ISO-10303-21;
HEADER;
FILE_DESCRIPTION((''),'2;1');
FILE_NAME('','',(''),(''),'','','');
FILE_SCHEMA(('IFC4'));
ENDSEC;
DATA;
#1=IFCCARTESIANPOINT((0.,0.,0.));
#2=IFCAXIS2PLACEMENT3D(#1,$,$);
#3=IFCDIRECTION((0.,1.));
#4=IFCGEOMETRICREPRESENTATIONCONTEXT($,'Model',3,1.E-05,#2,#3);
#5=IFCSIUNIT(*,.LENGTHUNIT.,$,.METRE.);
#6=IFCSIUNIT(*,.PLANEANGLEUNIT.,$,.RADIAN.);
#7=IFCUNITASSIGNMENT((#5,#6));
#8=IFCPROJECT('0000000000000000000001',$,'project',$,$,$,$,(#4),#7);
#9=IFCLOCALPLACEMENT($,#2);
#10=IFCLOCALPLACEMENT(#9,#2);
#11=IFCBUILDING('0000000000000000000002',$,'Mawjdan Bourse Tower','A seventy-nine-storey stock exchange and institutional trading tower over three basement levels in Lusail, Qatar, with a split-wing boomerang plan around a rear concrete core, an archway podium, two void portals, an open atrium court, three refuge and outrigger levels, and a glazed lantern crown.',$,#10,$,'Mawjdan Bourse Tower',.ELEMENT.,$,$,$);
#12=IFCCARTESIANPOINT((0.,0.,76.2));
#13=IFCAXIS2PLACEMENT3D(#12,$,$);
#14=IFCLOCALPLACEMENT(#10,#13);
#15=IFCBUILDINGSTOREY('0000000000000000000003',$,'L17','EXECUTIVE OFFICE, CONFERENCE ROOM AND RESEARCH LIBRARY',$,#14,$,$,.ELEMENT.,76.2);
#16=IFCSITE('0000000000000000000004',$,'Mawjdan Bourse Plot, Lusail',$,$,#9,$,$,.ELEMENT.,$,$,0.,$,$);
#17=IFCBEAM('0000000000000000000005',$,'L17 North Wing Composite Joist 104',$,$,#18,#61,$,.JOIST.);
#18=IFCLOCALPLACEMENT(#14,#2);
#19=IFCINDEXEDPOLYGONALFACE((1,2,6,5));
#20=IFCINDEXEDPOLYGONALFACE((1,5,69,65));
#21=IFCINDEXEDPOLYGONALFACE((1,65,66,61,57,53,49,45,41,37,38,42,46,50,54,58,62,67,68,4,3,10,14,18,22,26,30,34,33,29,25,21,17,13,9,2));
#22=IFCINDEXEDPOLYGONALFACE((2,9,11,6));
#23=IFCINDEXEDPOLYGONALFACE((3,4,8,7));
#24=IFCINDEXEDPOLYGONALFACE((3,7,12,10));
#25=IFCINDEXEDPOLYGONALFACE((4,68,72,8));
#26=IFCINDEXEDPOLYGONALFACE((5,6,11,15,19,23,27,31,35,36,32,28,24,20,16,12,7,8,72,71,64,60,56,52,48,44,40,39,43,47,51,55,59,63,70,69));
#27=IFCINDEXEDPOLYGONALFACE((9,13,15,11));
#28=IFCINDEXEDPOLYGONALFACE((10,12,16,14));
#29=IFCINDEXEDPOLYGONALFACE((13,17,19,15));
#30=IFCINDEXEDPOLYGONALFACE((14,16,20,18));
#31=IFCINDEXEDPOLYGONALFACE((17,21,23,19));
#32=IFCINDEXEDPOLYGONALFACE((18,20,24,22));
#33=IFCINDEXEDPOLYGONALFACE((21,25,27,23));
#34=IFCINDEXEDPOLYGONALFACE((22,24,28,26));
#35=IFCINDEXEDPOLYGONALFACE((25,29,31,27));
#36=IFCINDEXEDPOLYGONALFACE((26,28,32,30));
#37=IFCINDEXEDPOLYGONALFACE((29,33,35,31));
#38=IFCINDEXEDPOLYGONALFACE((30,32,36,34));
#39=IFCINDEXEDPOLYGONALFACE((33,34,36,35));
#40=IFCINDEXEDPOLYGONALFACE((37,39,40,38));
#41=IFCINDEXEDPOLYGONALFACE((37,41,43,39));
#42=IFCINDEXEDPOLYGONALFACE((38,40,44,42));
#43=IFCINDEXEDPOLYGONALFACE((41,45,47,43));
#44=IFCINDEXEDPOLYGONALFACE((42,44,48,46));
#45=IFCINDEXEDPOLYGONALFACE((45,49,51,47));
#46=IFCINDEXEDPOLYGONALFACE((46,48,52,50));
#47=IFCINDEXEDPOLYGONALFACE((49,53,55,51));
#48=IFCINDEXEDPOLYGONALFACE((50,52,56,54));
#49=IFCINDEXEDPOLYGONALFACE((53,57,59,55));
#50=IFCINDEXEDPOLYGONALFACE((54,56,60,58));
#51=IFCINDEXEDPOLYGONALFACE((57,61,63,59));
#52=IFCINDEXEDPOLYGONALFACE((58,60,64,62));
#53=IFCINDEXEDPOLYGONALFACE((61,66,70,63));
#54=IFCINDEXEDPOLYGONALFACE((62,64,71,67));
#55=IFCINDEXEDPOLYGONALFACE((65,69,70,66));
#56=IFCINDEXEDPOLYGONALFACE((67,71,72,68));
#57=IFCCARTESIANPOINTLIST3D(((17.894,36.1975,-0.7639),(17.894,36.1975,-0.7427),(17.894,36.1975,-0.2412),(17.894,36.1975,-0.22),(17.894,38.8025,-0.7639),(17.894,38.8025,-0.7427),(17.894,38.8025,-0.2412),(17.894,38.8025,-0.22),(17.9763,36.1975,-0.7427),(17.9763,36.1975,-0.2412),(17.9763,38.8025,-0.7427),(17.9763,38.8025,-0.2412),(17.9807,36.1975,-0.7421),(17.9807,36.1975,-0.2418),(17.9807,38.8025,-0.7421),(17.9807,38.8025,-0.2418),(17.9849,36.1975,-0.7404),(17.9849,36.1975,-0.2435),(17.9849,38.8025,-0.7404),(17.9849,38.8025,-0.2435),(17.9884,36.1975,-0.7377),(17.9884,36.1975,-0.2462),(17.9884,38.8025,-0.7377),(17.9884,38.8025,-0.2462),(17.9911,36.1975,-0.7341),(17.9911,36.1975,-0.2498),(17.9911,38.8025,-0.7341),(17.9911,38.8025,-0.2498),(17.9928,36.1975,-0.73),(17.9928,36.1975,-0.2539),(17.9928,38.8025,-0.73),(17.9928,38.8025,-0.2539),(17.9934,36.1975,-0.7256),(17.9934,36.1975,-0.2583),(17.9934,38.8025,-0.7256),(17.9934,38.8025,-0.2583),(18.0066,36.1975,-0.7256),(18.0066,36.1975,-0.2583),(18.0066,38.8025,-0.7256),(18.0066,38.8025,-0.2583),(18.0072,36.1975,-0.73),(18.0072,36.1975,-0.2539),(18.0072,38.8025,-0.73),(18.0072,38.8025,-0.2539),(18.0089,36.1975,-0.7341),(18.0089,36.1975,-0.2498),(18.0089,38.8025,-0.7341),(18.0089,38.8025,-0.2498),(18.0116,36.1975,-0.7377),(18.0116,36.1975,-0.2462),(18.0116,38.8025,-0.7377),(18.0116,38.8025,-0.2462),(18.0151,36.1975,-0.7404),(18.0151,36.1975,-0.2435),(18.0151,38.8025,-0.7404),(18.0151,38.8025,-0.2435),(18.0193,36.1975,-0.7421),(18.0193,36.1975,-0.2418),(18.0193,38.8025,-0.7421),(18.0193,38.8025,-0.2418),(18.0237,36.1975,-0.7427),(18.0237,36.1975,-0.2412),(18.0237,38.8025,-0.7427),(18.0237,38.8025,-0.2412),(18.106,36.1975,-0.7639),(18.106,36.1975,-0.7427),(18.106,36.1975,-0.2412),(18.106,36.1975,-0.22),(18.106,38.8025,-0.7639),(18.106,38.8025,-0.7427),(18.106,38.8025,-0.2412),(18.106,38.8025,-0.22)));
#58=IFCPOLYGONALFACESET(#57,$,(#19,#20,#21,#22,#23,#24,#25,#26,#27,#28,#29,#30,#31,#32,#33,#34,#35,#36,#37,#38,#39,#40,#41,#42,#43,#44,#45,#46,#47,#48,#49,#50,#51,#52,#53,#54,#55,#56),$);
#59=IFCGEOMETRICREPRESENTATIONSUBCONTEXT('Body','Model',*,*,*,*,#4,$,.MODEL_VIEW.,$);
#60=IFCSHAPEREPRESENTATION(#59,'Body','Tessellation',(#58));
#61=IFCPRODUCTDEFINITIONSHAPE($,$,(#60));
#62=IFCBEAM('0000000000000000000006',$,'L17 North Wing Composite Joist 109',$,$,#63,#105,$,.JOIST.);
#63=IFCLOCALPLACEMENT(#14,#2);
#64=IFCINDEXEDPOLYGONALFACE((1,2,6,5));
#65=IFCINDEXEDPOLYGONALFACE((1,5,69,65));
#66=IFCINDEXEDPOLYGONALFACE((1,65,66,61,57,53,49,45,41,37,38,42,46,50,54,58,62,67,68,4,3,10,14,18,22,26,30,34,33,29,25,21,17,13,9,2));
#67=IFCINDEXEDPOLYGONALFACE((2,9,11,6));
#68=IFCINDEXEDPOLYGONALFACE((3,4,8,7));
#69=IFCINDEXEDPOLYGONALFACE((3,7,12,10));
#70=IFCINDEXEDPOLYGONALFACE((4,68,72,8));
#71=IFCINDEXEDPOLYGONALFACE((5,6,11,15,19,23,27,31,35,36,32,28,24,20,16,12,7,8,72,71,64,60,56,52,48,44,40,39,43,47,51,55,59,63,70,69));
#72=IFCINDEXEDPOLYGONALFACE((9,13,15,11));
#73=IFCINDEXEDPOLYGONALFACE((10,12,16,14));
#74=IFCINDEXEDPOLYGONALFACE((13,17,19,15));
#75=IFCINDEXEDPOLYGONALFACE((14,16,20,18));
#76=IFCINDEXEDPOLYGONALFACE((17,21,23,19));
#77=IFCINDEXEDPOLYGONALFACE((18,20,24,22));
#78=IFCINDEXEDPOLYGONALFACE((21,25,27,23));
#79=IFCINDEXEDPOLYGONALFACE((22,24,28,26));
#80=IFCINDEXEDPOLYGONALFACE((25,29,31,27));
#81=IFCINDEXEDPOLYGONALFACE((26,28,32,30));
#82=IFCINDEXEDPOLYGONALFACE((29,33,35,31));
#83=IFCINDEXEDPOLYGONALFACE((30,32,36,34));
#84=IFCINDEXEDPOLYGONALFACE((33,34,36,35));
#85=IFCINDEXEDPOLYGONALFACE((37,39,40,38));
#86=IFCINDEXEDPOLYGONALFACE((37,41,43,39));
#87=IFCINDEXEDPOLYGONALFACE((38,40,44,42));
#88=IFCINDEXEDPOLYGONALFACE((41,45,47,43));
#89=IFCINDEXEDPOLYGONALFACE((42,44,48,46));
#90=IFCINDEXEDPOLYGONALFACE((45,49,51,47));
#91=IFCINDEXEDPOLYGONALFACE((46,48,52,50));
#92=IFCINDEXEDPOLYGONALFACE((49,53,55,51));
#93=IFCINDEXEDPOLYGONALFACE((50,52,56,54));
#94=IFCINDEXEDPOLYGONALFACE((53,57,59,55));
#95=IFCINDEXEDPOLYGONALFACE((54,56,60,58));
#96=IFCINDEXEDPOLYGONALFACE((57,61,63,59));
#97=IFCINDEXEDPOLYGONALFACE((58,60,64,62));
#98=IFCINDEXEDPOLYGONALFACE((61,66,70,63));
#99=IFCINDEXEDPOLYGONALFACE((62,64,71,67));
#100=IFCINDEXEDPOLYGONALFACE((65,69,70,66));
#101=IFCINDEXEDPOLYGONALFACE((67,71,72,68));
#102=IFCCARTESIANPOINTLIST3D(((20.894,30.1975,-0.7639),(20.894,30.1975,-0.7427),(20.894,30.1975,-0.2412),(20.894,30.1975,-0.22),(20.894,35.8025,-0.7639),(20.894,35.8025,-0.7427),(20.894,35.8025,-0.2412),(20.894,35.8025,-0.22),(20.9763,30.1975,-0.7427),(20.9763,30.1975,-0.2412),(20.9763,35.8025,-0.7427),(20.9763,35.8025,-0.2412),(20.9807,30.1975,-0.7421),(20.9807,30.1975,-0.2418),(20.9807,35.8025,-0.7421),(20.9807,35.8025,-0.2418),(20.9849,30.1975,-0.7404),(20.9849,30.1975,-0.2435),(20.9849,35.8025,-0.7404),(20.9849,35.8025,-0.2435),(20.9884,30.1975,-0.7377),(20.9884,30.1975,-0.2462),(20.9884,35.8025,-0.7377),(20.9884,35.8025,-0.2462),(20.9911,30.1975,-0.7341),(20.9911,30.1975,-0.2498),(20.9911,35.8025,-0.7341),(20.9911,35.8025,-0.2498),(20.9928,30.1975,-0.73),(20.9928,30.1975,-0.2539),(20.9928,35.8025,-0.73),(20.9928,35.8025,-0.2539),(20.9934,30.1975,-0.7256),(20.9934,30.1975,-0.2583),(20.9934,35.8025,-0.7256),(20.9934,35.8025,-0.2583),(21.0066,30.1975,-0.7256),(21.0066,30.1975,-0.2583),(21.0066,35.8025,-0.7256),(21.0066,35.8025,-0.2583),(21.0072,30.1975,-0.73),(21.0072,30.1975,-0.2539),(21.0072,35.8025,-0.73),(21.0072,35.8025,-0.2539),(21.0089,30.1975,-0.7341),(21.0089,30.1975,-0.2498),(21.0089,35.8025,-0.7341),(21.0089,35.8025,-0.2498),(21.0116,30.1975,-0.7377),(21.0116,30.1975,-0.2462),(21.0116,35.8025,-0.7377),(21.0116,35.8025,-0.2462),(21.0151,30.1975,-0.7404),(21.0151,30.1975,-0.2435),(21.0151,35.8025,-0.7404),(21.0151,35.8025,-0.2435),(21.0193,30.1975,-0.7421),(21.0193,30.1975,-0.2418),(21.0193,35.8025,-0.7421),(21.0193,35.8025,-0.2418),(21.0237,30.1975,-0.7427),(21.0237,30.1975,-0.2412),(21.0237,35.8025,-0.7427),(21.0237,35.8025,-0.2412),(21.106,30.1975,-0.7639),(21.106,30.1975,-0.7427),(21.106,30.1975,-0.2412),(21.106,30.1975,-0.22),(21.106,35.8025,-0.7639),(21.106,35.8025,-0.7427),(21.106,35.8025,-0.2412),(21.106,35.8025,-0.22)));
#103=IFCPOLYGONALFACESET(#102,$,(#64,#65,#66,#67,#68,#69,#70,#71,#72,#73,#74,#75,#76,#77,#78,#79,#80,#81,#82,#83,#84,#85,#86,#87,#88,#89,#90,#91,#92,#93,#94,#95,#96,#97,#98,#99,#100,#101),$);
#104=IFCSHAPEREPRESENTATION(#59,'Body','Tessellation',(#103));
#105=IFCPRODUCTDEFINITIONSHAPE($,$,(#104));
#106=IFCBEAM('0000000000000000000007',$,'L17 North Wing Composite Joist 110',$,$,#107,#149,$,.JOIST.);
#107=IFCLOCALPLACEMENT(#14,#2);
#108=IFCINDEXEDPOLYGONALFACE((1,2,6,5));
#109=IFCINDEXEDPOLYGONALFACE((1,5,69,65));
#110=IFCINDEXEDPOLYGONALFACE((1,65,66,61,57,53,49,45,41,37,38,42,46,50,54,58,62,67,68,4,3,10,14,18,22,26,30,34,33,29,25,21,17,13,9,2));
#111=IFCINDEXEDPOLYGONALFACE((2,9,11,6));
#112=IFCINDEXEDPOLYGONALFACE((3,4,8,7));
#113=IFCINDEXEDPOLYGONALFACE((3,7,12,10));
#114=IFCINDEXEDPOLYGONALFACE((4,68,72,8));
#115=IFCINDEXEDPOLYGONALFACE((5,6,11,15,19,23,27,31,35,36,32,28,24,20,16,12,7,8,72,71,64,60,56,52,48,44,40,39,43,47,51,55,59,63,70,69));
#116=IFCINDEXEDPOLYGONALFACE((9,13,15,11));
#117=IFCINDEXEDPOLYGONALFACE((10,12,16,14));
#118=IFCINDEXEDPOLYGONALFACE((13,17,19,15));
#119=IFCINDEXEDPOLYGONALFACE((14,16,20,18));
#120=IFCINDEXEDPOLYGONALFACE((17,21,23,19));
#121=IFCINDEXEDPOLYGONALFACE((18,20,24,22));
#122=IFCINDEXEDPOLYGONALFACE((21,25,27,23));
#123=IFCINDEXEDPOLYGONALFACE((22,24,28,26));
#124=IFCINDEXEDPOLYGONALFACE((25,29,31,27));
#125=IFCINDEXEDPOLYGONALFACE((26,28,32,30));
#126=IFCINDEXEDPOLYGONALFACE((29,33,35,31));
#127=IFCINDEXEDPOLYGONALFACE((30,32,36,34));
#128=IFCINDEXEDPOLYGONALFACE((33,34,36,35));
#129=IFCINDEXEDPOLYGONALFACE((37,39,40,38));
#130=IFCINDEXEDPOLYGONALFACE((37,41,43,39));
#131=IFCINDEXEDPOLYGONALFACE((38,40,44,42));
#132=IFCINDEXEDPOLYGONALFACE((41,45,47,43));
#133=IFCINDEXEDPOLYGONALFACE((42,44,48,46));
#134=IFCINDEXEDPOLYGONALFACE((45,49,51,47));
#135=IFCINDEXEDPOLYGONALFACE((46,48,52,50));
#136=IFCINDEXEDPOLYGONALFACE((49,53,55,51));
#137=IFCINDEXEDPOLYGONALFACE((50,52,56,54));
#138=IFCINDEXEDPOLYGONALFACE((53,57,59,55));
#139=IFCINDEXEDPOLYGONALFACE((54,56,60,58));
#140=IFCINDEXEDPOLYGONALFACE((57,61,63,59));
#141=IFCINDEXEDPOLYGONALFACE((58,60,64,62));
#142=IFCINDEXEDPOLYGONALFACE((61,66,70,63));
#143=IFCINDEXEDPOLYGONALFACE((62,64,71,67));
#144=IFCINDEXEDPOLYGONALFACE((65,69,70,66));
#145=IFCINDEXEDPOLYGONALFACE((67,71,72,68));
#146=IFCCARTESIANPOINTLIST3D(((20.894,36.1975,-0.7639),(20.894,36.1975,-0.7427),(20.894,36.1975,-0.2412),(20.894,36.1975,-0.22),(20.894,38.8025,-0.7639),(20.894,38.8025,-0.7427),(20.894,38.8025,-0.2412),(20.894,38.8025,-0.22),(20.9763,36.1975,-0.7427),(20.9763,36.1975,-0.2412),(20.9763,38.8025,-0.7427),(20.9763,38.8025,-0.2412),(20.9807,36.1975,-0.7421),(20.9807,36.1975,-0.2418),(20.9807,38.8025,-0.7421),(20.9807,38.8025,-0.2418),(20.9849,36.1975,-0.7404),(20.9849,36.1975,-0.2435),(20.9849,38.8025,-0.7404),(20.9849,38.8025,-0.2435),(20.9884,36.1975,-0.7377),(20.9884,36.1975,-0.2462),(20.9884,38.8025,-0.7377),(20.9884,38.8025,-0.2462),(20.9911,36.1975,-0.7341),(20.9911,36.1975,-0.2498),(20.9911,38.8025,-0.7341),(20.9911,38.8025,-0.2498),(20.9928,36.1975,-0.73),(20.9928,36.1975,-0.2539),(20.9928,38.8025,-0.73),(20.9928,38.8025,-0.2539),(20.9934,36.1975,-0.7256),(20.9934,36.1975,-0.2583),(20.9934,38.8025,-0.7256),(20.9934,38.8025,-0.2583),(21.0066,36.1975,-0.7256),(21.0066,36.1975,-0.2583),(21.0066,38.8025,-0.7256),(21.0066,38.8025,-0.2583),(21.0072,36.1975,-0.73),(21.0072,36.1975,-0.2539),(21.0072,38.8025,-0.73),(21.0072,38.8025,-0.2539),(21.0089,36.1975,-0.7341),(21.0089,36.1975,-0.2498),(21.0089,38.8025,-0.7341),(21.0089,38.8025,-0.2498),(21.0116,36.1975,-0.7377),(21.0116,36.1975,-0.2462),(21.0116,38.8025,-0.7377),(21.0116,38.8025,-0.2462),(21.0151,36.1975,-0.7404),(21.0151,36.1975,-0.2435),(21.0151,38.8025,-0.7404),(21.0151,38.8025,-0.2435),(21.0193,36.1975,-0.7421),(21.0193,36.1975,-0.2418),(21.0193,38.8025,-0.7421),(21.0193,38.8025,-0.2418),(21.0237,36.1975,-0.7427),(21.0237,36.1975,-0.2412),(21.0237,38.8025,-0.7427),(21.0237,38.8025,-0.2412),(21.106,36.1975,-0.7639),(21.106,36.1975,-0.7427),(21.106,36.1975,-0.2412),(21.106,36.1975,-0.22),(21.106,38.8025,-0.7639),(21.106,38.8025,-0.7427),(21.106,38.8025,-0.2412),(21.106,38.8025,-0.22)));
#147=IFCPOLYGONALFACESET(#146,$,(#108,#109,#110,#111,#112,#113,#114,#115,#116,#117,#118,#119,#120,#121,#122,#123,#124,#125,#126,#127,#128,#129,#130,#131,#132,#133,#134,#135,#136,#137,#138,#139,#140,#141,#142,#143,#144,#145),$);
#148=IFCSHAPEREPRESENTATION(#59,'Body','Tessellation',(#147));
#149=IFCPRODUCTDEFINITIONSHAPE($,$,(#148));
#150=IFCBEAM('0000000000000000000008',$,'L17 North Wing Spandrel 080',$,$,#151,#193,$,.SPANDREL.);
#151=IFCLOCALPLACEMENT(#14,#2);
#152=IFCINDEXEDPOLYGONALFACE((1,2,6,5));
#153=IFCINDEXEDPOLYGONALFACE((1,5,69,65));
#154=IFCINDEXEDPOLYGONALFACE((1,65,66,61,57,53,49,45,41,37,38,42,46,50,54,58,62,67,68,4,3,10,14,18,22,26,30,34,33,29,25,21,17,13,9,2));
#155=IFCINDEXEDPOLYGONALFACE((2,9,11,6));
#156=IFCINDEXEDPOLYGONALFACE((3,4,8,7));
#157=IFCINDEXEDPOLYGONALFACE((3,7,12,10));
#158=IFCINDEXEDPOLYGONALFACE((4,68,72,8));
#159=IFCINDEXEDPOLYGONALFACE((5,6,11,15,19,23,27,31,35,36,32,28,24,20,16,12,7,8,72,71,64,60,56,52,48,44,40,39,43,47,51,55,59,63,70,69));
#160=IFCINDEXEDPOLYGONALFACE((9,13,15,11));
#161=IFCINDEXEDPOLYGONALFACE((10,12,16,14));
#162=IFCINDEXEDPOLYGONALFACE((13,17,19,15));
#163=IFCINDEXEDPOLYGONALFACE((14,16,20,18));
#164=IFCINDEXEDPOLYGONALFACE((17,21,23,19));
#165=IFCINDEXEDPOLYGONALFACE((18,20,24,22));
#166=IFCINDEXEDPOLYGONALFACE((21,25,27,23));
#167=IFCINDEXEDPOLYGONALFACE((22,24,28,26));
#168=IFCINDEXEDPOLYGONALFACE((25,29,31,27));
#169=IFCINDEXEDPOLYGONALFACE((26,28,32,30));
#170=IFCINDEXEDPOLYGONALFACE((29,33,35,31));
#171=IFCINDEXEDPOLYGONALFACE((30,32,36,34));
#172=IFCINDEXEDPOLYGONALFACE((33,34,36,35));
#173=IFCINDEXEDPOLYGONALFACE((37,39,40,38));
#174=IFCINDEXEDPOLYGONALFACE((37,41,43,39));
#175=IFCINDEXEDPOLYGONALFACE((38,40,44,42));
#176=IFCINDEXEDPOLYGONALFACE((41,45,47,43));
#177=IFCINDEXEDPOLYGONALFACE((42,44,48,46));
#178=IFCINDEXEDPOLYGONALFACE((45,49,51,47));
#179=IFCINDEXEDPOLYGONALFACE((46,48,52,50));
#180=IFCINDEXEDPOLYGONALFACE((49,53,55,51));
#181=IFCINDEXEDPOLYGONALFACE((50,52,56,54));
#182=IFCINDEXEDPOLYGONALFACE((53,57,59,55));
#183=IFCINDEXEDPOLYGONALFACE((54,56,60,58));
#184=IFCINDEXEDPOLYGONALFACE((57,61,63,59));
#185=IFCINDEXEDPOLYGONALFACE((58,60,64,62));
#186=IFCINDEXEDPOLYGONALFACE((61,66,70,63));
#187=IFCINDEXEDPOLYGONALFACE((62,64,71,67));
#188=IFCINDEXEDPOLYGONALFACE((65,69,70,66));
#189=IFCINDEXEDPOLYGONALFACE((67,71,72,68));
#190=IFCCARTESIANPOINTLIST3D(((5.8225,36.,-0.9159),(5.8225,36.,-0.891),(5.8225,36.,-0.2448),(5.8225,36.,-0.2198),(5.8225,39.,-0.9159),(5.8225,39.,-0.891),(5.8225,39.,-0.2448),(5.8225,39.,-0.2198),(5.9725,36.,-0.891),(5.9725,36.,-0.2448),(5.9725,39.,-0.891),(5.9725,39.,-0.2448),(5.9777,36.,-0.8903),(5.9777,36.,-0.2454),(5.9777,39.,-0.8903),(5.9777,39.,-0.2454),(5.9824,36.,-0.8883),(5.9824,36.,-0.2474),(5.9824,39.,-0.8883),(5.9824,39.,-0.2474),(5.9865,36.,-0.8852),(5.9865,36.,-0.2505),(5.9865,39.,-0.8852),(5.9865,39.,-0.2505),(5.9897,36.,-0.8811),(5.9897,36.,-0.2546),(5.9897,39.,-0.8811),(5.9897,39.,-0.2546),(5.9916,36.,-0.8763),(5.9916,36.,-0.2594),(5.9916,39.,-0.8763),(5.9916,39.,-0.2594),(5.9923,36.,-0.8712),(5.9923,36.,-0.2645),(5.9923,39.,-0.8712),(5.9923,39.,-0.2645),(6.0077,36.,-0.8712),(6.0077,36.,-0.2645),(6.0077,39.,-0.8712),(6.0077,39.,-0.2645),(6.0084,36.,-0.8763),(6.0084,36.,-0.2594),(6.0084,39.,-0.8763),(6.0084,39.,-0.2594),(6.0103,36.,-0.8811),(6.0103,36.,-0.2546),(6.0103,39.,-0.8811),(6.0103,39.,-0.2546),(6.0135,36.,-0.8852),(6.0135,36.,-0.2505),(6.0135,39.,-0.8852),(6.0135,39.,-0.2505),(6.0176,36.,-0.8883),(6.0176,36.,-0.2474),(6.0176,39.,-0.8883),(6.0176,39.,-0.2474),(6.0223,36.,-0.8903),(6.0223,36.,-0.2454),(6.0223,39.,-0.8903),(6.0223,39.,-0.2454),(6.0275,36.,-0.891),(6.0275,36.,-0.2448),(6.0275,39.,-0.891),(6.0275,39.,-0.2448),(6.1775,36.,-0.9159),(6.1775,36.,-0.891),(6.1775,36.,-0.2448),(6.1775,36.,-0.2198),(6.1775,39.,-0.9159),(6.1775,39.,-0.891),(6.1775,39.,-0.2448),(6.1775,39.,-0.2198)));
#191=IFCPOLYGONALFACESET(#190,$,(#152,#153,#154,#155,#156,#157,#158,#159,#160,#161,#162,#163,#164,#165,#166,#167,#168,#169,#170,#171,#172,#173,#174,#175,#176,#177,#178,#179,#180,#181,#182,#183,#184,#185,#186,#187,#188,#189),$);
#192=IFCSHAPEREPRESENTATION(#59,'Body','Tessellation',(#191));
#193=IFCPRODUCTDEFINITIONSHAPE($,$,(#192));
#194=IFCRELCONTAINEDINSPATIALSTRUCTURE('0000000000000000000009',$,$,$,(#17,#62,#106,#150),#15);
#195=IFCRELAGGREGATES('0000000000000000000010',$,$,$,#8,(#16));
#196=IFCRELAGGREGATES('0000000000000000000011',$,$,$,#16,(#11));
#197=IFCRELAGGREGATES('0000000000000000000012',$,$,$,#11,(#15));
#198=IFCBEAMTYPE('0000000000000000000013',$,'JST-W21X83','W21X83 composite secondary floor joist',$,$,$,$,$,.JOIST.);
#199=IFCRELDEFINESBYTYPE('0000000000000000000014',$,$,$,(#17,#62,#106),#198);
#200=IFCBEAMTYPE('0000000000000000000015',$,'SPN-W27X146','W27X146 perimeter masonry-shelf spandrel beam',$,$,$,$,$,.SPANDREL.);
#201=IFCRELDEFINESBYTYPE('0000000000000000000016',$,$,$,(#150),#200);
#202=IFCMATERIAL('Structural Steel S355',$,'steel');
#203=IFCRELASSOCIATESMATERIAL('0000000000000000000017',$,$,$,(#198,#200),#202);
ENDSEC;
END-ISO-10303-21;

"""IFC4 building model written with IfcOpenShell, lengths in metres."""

from ifc_helpers import new_model, si_unit, direction, frame, origin, origin_2d, place, context, subcontext, project, spatial, i_section, extrude, material, material_profile, profile_set, type_object, element, save


model = new_model("IFC4")

# Units and contexts
model_context = context("Model", 3, precision=1e-05, world=origin(), true_north=direction((0.0, 1.0)))
body_context = subcontext(model_context, "Body", "Model", "MODEL_VIEW")
ifc_project = project(units=[si_unit("LENGTHUNIT", "METRE"), si_unit("PLANEANGLEUNIT", "RADIAN")], contexts=[model_context])

# Site, building, storey
site_placement = place(None, origin())
site = spatial("IfcSite", under=ifc_project, at=site_placement, Name="Mawjdan Bourse Plot, Lusail", CompositionType="ELEMENT", RefElevation=0.0)
building_placement = place(site_placement, origin())
building = spatial("IfcBuilding", under=site, at=building_placement, Name="Mawjdan Bourse Tower", Description="A seventy-nine-storey stock exchange and institutional trading tower over three basement levels in Lusail, Qatar, with a split-wing boomerang plan around a rear concrete core, an archway podium, two void portals, an open atrium court, three refuge and outrigger levels, and a glazed lantern crown.", LongName="Mawjdan Bourse Tower", CompositionType="ELEMENT")
storey_placement = place(building_placement, frame((0.0, 0.0, 76.2)))
storey = spatial("IfcBuildingStorey", under=building, at=storey_placement, Name="L17", Description="EXECUTIVE OFFICE, CONFERENCE ROOM AND RESEARCH LIBRARY", CompositionType="ELEMENT", Elevation=76.2)

# Beams
ifc_material_1 = material(Name="Structural Steel S355", Category="steel")
ifc_material_profile_1 = material_profile(ifc_material_1, i_section(OverallWidth=0.2119, OverallDepth=0.5439, WebThickness=0.0132, FlangeThickness=0.0212, FilletRadius=0.0171, at=origin_2d()), Name="W21X83")
ifc_profile_set_1 = profile_set([ifc_material_profile_1], Name="Structural Steel S355")
beam_type_1 = type_object("IfcBeamType", Name="JST-W21X83", Description="W21X83 composite secondary floor joist", PredefinedType="JOIST", material=ifc_profile_set_1)
beam_1_placement = place(storey_placement, frame((18.0, 36.1975, -0.4919), z_axis=(0.0, 1.0, 0.0), x_axis=(-1.0, 0.0, 0.0)))
element("IfcBeam", 1, at=beam_1_placement, inside=storey, type_object=beam_type_1, Name="L17 North Wing Composite Joist 104", PredefinedType="JOIST", context=body_context, shape_type="SweptSolid", body=[
    extrude(i_section(OverallWidth=0.2119, OverallDepth=0.5439, WebThickness=0.0132, FlangeThickness=0.0212, FilletRadius=0.0171, at=origin_2d()), origin(), (0.0, 0.0, 1.0), 2.605),
])
beam_2_placement = place(storey_placement, frame((21.0, 30.1975, -0.4919), z_axis=(0.0, 1.0, 0.0), x_axis=(-1.0, 0.0, 0.0)))
element("IfcBeam", 2, at=beam_2_placement, inside=storey, type_object=beam_type_1, Name="L17 North Wing Composite Joist 109", PredefinedType="JOIST", context=body_context, shape_type="SweptSolid", body=[
    extrude(i_section(OverallWidth=0.2119, OverallDepth=0.5439, WebThickness=0.0132, FlangeThickness=0.0212, FilletRadius=0.0171, at=origin_2d()), origin(), (0.0, 0.0, 1.0), 5.605),
])
beam_3_placement = place(storey_placement, frame((21.0, 36.1975, -0.4919), z_axis=(0.0, 1.0, 0.0), x_axis=(-1.0, 0.0, 0.0)))
element("IfcBeam", 3, at=beam_3_placement, inside=storey, type_object=beam_type_1, Name="L17 North Wing Composite Joist 110", PredefinedType="JOIST", context=body_context, shape_type="SweptSolid", body=[
    extrude(i_section(OverallWidth=0.2119, OverallDepth=0.5439, WebThickness=0.0132, FlangeThickness=0.0212, FilletRadius=0.0171, at=origin_2d()), origin(), (0.0, 0.0, 1.0), 2.605),
])
ifc_material_profile_2 = material_profile(ifc_material_1, i_section(OverallWidth=0.355, OverallDepth=0.696, WebThickness=0.0154, FlangeThickness=0.0249, FilletRadius=0.0198, at=origin_2d()), Name="W27X146")
ifc_profile_set_2 = profile_set([ifc_material_profile_2], Name="Structural Steel S355")
beam_type_2 = type_object("IfcBeamType", Name="SPN-W27X146", Description="W27X146 perimeter masonry-shelf spandrel beam", PredefinedType="SPANDREL", material=ifc_profile_set_2)
for number, where, z_axis, x_axis, name in (
    (4, (6.0, 36.0, -0.5679), (0.0, 1.0, 0.0), (-1.0, 0.0, 0.0), "L17 North Wing Spandrel 080"),
):
    element("IfcBeam", number, at=place(storey_placement, frame(where, z_axis=z_axis, x_axis=x_axis)), inside=storey, type_object=beam_type_2, Name=name, PredefinedType="SPANDREL", context=body_context, shape_type="SweptSolid", body=[
        extrude(i_section(OverallWidth=0.355, OverallDepth=0.696, WebThickness=0.0154, FlangeThickness=0.0249, FilletRadius=0.0198, at=origin_2d()), origin(), (0.0, 0.0, 1.0), 3.0),
    ])

save(model, "model.ifc")
